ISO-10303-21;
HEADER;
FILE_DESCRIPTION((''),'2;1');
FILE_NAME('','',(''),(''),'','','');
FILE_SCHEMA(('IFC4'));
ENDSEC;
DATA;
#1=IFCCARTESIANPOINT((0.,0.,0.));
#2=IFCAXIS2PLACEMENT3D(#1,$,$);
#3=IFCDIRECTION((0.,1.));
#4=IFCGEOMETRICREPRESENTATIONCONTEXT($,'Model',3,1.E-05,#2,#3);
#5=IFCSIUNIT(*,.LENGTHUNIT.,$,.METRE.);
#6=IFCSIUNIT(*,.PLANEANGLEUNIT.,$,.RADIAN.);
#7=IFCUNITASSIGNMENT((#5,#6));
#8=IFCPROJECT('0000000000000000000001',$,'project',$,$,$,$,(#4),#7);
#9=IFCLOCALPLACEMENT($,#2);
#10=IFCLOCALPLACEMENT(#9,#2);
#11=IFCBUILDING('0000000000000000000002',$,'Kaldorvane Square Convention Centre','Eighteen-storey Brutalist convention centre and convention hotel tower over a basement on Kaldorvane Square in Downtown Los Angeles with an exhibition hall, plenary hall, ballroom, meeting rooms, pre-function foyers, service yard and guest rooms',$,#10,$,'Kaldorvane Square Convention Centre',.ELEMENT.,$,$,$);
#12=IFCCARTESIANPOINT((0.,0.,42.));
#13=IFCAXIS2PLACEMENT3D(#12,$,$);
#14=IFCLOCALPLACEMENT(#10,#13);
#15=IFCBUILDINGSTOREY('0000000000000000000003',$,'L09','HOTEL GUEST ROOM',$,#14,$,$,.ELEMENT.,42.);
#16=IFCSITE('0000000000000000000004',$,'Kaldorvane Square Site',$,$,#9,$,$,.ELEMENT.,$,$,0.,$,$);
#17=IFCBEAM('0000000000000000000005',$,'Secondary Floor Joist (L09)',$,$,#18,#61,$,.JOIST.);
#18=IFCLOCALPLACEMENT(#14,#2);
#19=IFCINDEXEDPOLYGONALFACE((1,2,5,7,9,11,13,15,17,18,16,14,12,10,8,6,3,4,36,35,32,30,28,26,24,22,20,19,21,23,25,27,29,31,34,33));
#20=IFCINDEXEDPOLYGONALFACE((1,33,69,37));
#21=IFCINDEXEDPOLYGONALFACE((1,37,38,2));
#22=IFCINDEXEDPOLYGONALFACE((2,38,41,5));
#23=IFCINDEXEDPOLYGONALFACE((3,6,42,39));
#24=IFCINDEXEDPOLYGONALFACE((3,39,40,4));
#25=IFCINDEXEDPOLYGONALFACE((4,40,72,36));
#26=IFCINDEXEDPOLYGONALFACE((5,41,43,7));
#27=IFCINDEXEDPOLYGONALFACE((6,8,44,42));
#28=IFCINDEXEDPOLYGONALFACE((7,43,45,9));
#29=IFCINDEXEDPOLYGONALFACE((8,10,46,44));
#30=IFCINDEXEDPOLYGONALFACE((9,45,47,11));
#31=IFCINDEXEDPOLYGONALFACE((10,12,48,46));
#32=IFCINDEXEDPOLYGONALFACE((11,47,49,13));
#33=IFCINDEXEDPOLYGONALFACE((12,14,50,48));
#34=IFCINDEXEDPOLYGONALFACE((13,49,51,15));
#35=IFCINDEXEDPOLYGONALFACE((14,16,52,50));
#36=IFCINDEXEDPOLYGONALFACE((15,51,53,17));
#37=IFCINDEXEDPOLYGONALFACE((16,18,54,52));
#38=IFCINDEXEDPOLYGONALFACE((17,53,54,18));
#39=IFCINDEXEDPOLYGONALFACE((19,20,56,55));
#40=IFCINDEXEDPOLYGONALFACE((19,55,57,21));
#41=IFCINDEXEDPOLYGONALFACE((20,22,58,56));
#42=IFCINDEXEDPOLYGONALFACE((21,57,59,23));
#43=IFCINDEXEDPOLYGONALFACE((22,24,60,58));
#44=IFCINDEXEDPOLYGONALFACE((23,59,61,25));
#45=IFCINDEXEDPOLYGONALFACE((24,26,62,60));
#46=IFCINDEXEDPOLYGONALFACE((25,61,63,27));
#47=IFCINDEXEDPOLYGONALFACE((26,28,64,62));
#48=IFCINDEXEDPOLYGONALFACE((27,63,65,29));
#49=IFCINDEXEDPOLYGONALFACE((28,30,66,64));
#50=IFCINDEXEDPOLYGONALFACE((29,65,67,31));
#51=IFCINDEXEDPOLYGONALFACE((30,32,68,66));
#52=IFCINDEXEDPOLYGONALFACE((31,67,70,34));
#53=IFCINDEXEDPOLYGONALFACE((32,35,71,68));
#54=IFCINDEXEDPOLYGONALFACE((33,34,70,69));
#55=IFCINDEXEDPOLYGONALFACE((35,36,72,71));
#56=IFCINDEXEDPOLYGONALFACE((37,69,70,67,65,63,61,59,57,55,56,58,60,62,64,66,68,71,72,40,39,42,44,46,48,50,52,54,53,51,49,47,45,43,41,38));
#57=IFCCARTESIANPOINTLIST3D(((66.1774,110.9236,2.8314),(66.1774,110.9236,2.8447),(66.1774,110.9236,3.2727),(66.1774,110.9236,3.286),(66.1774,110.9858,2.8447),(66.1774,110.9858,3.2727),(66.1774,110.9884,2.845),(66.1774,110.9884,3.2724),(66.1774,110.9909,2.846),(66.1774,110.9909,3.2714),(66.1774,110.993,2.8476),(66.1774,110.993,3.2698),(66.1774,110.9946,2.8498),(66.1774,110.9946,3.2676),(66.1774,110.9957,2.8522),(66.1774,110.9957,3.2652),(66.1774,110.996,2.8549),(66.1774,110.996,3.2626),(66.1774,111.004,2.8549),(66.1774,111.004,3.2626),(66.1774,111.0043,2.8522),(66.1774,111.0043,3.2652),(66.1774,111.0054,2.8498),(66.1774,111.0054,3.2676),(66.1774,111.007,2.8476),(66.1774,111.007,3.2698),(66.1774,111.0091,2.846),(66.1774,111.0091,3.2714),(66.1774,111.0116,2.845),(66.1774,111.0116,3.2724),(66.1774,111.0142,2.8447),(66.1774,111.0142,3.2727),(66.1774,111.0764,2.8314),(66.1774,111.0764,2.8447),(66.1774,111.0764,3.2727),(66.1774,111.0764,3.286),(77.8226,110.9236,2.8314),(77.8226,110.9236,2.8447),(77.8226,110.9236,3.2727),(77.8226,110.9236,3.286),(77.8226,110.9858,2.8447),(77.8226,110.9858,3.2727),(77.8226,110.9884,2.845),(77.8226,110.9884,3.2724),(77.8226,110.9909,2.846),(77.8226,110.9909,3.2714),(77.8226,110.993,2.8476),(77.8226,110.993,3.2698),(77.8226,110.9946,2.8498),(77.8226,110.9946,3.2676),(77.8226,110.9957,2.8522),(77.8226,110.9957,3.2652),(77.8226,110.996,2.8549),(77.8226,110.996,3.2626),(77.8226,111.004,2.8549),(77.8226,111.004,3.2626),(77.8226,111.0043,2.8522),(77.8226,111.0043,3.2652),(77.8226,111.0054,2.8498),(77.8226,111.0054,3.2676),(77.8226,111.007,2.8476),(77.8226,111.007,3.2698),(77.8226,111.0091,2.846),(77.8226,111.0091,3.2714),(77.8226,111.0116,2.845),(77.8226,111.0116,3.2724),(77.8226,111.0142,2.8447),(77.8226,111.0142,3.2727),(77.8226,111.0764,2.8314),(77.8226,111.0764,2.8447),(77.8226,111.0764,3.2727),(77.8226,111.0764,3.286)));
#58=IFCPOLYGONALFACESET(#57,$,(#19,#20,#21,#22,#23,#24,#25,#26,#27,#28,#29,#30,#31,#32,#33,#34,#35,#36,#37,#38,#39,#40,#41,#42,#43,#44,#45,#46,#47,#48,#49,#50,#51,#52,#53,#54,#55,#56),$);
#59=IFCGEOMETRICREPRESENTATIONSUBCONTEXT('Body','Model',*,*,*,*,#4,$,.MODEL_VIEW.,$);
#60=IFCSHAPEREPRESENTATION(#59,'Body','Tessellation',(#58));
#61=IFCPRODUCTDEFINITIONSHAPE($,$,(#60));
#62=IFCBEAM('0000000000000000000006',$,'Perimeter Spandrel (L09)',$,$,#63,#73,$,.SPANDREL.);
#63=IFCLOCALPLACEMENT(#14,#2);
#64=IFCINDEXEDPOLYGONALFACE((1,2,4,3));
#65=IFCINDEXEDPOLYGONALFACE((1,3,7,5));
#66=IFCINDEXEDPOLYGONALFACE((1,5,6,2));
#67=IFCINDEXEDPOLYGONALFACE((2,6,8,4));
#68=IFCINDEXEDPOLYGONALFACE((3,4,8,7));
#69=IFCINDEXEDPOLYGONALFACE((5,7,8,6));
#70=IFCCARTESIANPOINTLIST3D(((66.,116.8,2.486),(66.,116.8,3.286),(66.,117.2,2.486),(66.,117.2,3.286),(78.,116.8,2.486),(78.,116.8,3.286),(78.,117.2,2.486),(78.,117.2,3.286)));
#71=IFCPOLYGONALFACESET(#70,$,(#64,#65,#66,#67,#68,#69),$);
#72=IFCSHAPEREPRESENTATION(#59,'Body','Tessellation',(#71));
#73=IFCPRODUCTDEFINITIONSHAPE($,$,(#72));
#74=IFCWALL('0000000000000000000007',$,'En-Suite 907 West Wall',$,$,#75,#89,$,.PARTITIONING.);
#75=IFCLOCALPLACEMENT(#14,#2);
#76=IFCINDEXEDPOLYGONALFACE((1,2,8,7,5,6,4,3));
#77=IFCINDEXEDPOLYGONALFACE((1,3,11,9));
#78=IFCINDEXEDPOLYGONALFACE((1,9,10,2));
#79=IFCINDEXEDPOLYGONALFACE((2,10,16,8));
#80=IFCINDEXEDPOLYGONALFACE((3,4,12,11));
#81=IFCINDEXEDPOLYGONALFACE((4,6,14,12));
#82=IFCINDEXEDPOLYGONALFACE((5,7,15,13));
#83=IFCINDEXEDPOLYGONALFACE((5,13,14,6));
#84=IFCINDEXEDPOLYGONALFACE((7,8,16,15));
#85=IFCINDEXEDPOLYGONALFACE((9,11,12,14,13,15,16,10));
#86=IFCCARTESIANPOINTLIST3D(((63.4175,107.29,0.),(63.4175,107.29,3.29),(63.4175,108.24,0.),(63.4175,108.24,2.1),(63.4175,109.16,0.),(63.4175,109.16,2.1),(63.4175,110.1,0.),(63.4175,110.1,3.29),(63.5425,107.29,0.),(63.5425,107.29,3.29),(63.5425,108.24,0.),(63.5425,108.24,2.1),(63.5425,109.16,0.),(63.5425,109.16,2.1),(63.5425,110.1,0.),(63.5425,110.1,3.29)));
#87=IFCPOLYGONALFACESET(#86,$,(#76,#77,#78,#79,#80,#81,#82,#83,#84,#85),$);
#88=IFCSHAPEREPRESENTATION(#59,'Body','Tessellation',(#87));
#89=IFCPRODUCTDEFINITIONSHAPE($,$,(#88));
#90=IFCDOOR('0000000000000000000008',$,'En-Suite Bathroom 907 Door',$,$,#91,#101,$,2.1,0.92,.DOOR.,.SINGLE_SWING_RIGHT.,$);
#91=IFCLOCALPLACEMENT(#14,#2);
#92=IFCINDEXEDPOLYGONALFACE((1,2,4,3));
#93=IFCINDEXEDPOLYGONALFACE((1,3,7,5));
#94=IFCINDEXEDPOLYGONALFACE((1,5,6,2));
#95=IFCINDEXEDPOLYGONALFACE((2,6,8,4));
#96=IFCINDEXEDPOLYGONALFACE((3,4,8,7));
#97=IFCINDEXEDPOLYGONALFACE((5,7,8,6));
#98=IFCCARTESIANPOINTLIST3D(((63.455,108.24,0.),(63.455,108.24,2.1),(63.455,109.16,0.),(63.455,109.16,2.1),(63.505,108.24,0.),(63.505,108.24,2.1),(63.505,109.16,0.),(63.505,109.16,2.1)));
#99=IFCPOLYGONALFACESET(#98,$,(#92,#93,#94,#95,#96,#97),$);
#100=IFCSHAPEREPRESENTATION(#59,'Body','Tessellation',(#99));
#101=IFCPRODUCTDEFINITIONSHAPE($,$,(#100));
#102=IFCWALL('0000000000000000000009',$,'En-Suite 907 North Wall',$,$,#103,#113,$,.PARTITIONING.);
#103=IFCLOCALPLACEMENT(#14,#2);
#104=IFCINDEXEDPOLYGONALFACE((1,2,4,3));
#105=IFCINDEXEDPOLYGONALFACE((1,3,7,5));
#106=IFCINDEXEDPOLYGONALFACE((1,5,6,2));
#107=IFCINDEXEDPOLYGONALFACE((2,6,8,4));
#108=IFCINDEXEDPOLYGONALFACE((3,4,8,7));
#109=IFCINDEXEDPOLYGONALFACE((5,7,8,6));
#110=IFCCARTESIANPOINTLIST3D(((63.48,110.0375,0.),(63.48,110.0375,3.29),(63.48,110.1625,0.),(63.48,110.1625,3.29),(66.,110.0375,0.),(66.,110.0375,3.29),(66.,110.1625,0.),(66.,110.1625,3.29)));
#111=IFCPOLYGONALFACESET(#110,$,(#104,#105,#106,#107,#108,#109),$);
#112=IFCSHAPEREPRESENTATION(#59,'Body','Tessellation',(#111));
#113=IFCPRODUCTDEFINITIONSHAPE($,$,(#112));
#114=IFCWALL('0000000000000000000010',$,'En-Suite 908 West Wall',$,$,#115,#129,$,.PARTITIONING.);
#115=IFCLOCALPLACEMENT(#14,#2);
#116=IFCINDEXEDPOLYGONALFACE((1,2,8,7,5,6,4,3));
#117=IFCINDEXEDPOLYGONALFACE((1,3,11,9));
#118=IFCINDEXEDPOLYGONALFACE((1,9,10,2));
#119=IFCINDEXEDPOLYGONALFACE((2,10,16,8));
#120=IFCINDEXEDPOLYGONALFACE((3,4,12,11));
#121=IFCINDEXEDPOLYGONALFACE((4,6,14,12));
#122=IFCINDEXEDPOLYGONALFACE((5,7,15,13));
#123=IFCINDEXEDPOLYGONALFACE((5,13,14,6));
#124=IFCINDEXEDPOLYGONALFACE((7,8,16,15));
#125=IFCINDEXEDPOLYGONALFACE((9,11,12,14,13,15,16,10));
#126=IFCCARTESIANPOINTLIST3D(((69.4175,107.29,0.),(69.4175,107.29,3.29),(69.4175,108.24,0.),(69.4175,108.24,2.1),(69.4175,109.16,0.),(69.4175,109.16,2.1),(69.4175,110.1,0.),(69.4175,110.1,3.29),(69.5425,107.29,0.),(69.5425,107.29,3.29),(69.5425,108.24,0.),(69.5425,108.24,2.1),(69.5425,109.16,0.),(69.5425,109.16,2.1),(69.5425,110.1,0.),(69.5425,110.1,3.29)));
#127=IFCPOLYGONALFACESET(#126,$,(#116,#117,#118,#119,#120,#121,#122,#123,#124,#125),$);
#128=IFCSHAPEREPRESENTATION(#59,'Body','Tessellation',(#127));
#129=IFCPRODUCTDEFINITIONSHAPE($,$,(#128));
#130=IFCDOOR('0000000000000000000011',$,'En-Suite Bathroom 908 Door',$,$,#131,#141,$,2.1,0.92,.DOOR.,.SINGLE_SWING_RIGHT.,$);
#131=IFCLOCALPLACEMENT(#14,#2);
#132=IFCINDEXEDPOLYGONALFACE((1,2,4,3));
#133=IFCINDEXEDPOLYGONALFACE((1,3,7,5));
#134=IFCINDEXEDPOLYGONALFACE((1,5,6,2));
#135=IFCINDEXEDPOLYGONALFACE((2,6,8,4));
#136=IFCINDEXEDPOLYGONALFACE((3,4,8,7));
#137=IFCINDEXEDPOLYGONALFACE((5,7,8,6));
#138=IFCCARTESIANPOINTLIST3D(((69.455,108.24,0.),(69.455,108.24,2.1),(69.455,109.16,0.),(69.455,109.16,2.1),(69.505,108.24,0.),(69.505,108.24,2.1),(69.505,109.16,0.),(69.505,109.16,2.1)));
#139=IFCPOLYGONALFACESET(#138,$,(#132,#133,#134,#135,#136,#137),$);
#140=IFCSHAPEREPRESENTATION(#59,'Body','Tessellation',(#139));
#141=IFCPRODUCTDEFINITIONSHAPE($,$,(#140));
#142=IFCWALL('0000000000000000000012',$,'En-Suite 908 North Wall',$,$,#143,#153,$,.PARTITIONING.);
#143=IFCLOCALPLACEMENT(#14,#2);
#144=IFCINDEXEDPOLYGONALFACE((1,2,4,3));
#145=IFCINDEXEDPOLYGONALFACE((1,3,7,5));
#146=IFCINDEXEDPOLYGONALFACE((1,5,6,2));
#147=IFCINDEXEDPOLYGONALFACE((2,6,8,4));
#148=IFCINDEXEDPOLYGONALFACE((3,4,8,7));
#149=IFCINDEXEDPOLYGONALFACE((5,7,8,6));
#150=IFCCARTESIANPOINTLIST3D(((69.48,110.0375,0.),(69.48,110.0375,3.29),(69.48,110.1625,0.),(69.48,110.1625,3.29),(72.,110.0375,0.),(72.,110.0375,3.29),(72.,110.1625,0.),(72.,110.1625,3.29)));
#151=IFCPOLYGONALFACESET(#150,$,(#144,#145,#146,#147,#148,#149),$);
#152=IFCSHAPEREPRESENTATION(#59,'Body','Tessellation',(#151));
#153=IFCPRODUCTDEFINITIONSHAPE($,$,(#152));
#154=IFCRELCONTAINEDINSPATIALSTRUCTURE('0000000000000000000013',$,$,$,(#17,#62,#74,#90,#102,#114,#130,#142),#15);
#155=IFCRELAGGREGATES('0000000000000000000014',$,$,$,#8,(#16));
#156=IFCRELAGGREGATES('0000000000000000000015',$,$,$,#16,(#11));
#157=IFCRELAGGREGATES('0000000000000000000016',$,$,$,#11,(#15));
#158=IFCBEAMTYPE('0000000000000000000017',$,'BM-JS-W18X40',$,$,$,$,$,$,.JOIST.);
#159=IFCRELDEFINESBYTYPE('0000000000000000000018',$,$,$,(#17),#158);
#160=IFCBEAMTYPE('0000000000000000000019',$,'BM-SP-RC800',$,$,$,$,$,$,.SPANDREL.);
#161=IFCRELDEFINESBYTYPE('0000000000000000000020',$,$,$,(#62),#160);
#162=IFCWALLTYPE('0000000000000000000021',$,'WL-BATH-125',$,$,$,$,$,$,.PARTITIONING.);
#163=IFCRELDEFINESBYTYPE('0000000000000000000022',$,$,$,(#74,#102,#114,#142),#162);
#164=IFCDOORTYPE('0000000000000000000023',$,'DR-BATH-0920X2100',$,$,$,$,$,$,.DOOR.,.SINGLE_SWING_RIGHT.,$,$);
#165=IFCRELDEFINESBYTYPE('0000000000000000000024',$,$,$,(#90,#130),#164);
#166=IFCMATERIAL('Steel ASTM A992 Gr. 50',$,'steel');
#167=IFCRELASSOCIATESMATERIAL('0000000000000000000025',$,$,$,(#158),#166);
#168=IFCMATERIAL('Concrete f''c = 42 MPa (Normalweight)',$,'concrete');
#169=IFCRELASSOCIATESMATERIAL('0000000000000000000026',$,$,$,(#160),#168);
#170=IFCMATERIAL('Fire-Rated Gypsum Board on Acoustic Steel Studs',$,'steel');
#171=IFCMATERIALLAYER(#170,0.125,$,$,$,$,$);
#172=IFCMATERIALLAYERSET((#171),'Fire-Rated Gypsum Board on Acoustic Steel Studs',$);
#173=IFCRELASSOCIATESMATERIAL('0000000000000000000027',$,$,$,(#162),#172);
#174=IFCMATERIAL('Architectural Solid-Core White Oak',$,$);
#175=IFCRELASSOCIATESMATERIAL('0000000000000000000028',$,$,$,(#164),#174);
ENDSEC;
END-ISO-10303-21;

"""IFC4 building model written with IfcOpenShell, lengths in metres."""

from ifc_helpers import new_model, si_unit, direction, frame, frame_2d, origin, origin_2d, place, context, subcontext, project, spatial, rectangle, i_section, extrude, material, layer, layer_set, material_profile, profile_set, type_object, element, fill, save


model = new_model("IFC4")

# Units and contexts
model_context = context("Model", 3, precision=1e-05, world=origin(), true_north=direction((0.0, 1.0)))
body_context = subcontext(model_context, "Body", "Model", "MODEL_VIEW")
ifc_project = project(units=[si_unit("LENGTHUNIT", "METRE"), si_unit("PLANEANGLEUNIT", "RADIAN")], contexts=[model_context])

# Site, building, storey
site_placement = place(None, origin())
site = spatial("IfcSite", under=ifc_project, at=site_placement, Name="Kaldorvane Square Site", CompositionType="ELEMENT", RefElevation=0.0)
building_placement = place(site_placement, origin())
building = spatial("IfcBuilding", under=site, at=building_placement, Name="Kaldorvane Square Convention Centre", Description="Eighteen-storey Brutalist convention centre and convention hotel tower over a basement on Kaldorvane Square in Downtown Los Angeles with an exhibition hall, plenary hall, ballroom, meeting rooms, pre-function foyers, service yard and guest rooms", LongName="Kaldorvane Square Convention Centre", CompositionType="ELEMENT")
storey_placement = place(building_placement, frame((0.0, 0.0, 42.0)))
storey = spatial("IfcBuildingStorey", under=building, at=storey_placement, Name="L09", Description="HOTEL GUEST ROOM", CompositionType="ELEMENT", Elevation=42.0)

# Shared definitions
ifc_material_1 = material(Name="Concrete f'c = 42 MPa (Normalweight)", Category="concrete")
ifc_material_2 = material(Name="Steel ASTM A992 Gr. 50", Category="steel")

# Beams
ifc_material_profile_1 = material_profile(ifc_material_2, i_section(OverallWidth=0.1528, OverallDepth=0.4547, WebThickness=0.008, FlangeThickness=0.0133, FilletRadius=0.0102, at=origin_2d()), Name="W18X40")
ifc_profile_set_1 = profile_set([ifc_material_profile_1], Name="Steel ASTM A992 Gr. 50")
beam_type_1 = type_object("IfcBeamType", Name="BM-JS-W18X40", PredefinedType="JOIST", material=ifc_profile_set_1)
beam_1_placement = place(storey_placement, frame((66.1774, 111.0, 3.0587), z_axis=(1.0, 0.0, 0.0), x_axis=(0.0, 1.0, 0.0)))
element("IfcBeam", 1, at=beam_1_placement, inside=storey, type_object=beam_type_1, Name="Secondary Floor Joist (L09)", PredefinedType="JOIST", context=body_context, shape_type="SweptSolid", body=[
    extrude(i_section(OverallWidth=0.1528, OverallDepth=0.4547, WebThickness=0.008, FlangeThickness=0.0133, FilletRadius=0.0102, at=origin_2d()), origin(), (0.0, 0.0, 1.0), 11.6452),
])
ifc_material_profile_2 = material_profile(ifc_material_1, rectangle(XDim=0.4, YDim=0.8, at=origin_2d()), Name="RCSP800X400")
ifc_profile_set_2 = profile_set([ifc_material_profile_2], Name="Concrete f'c = 42 MPa (Normalweight)")
beam_type_2 = type_object("IfcBeamType", Name="BM-SP-RC800", PredefinedType="SPANDREL", material=ifc_profile_set_2)
beam_2_placement = place(storey_placement, frame((66.0, 117.0, 2.886), z_axis=(1.0, 0.0, 0.0), x_axis=(0.0, 1.0, 0.0)))
element("IfcBeam", 2, at=beam_2_placement, inside=storey, type_object=beam_type_2, Name="Perimeter Spandrel (L09)", PredefinedType="SPANDREL", context=body_context, shape_type="SweptSolid", body=[
    extrude(rectangle(XDim=0.4, YDim=0.8, at=origin_2d()), origin(), (0.0, 0.0, 1.0), 12.0),
])

# Wall, opening, door
ifc_material_3 = material(Name="Fire-Rated Gypsum Board on Acoustic Steel Studs", Category="steel")
ifc_layer_1 = layer(ifc_material_3, 0.125)
ifc_layer_set_1 = layer_set([ifc_layer_1], Name="Fire-Rated Gypsum Board on Acoustic Steel Studs")
wall_type_1 = type_object("IfcWallType", Name="WL-BATH-125", PredefinedType="PARTITIONING", material=ifc_layer_set_1)
wall_1_placement = place(storey_placement, frame((63.48, 107.29, 0.0), z_axis=(0.0, 0.0, 1.0), x_axis=(0.0, 1.0, 0.0)))
wall_1 = element("IfcWall", 3, at=wall_1_placement, inside=storey, type_object=wall_type_1, Name="En-Suite 907 West Wall", PredefinedType="PARTITIONING", context=body_context, shape_type="SweptSolid", body=[
    extrude(rectangle(XDim=2.81, YDim=0.125, at=frame_2d((1.405, 0.0))), origin(), (0.0, 0.0, 1.0), 3.29),
])
opening_1_placement = place(wall_1_placement, frame((0.95, 0.0, 0.0)))
opening_1 = element("IfcOpeningElement", 4, at=opening_1_placement, cuts=wall_1, PredefinedType="OPENING", context=body_context, shape_type="SweptSolid", body=[
    extrude(rectangle(XDim=0.92, YDim=2.1, at=frame_2d((0.46, 1.05))), frame((0.0, 0.0775, 0.0), z_axis=(0.0, -1.0, 0.0), x_axis=(1.0, 0.0, 0.0)), (0.0, 0.0, 1.0), 0.155),
])
ifc_material_4 = material(Name="Architectural Solid-Core White Oak")
door_type_1 = type_object("IfcDoorType", Name="DR-BATH-0920X2100", OperationType="SINGLE_SWING_RIGHT", PredefinedType="DOOR", material=ifc_material_4)
door_1_placement = place(opening_1_placement, origin())
door_1 = element("IfcDoor", 5, at=door_1_placement, inside=storey, type_object=door_type_1, Name="En-Suite Bathroom 907 Door", OperationType="SINGLE_SWING_RIGHT", OverallHeight=2.1, OverallWidth=0.92, PredefinedType="DOOR", context=body_context, shape_type="SweptSolid", body=[
    extrude(rectangle(XDim=0.92, YDim=2.1, at=frame_2d((0.46, 1.05))), frame((0.0, 0.025, 0.0), z_axis=(0.0, -1.0, 0.0), x_axis=(1.0, 0.0, 0.0)), (0.0, 0.0, 1.0), 0.05),
])
fill(opening_1, door_1)

# Wall
wall_2_placement = place(storey_placement, frame((63.48, 110.1, 0.0), z_axis=(0.0, 0.0, 1.0), x_axis=(1.0, 0.0, 0.0)))
element("IfcWall", 6, at=wall_2_placement, inside=storey, type_object=wall_type_1, Name="En-Suite 907 North Wall", PredefinedType="PARTITIONING", context=body_context, shape_type="SweptSolid", body=[
    extrude(rectangle(XDim=2.52, YDim=0.125, at=frame_2d((1.26, 0.0))), origin(), (0.0, 0.0, 1.0), 3.29),
])

# Wall, opening, door
wall_3_placement = place(storey_placement, frame((69.48, 107.29, 0.0), z_axis=(0.0, 0.0, 1.0), x_axis=(0.0, 1.0, 0.0)))
wall_3 = element("IfcWall", 7, at=wall_3_placement, inside=storey, type_object=wall_type_1, Name="En-Suite 908 West Wall", PredefinedType="PARTITIONING", context=body_context, shape_type="SweptSolid", body=[
    extrude(rectangle(XDim=2.81, YDim=0.125, at=frame_2d((1.405, 0.0))), origin(), (0.0, 0.0, 1.0), 3.29),
])
opening_2_placement = place(wall_3_placement, frame((0.95, 0.0, 0.0)))
opening_2 = element("IfcOpeningElement", 8, at=opening_2_placement, cuts=wall_3, PredefinedType="OPENING", context=body_context, shape_type="SweptSolid", body=[
    extrude(rectangle(XDim=0.92, YDim=2.1, at=frame_2d((0.46, 1.05))), frame((0.0, 0.0775, 0.0), z_axis=(0.0, -1.0, 0.0), x_axis=(1.0, 0.0, 0.0)), (0.0, 0.0, 1.0), 0.155),
])
door_2_placement = place(opening_2_placement, origin())
door_2 = element("IfcDoor", 9, at=door_2_placement, inside=storey, type_object=door_type_1, Name="En-Suite Bathroom 908 Door", OperationType="SINGLE_SWING_RIGHT", OverallHeight=2.1, OverallWidth=0.92, PredefinedType="DOOR", context=body_context, shape_type="SweptSolid", body=[
    extrude(rectangle(XDim=0.92, YDim=2.1, at=frame_2d((0.46, 1.05))), frame((0.0, 0.025, 0.0), z_axis=(0.0, -1.0, 0.0), x_axis=(1.0, 0.0, 0.0)), (0.0, 0.0, 1.0), 0.05),
])
fill(opening_2, door_2)

# Wall
wall_4_placement = place(storey_placement, frame((69.48, 110.1, 0.0), z_axis=(0.0, 0.0, 1.0), x_axis=(1.0, 0.0, 0.0)))
element("IfcWall", 10, at=wall_4_placement, inside=storey, type_object=wall_type_1, Name="En-Suite 908 North Wall", PredefinedType="PARTITIONING", context=body_context, shape_type="SweptSolid", body=[
    extrude(rectangle(XDim=2.52, YDim=0.125, at=frame_2d((1.26, 0.0))), origin(), (0.0, 0.0, 1.0), 3.29),
])

save(model, "model.ifc")
